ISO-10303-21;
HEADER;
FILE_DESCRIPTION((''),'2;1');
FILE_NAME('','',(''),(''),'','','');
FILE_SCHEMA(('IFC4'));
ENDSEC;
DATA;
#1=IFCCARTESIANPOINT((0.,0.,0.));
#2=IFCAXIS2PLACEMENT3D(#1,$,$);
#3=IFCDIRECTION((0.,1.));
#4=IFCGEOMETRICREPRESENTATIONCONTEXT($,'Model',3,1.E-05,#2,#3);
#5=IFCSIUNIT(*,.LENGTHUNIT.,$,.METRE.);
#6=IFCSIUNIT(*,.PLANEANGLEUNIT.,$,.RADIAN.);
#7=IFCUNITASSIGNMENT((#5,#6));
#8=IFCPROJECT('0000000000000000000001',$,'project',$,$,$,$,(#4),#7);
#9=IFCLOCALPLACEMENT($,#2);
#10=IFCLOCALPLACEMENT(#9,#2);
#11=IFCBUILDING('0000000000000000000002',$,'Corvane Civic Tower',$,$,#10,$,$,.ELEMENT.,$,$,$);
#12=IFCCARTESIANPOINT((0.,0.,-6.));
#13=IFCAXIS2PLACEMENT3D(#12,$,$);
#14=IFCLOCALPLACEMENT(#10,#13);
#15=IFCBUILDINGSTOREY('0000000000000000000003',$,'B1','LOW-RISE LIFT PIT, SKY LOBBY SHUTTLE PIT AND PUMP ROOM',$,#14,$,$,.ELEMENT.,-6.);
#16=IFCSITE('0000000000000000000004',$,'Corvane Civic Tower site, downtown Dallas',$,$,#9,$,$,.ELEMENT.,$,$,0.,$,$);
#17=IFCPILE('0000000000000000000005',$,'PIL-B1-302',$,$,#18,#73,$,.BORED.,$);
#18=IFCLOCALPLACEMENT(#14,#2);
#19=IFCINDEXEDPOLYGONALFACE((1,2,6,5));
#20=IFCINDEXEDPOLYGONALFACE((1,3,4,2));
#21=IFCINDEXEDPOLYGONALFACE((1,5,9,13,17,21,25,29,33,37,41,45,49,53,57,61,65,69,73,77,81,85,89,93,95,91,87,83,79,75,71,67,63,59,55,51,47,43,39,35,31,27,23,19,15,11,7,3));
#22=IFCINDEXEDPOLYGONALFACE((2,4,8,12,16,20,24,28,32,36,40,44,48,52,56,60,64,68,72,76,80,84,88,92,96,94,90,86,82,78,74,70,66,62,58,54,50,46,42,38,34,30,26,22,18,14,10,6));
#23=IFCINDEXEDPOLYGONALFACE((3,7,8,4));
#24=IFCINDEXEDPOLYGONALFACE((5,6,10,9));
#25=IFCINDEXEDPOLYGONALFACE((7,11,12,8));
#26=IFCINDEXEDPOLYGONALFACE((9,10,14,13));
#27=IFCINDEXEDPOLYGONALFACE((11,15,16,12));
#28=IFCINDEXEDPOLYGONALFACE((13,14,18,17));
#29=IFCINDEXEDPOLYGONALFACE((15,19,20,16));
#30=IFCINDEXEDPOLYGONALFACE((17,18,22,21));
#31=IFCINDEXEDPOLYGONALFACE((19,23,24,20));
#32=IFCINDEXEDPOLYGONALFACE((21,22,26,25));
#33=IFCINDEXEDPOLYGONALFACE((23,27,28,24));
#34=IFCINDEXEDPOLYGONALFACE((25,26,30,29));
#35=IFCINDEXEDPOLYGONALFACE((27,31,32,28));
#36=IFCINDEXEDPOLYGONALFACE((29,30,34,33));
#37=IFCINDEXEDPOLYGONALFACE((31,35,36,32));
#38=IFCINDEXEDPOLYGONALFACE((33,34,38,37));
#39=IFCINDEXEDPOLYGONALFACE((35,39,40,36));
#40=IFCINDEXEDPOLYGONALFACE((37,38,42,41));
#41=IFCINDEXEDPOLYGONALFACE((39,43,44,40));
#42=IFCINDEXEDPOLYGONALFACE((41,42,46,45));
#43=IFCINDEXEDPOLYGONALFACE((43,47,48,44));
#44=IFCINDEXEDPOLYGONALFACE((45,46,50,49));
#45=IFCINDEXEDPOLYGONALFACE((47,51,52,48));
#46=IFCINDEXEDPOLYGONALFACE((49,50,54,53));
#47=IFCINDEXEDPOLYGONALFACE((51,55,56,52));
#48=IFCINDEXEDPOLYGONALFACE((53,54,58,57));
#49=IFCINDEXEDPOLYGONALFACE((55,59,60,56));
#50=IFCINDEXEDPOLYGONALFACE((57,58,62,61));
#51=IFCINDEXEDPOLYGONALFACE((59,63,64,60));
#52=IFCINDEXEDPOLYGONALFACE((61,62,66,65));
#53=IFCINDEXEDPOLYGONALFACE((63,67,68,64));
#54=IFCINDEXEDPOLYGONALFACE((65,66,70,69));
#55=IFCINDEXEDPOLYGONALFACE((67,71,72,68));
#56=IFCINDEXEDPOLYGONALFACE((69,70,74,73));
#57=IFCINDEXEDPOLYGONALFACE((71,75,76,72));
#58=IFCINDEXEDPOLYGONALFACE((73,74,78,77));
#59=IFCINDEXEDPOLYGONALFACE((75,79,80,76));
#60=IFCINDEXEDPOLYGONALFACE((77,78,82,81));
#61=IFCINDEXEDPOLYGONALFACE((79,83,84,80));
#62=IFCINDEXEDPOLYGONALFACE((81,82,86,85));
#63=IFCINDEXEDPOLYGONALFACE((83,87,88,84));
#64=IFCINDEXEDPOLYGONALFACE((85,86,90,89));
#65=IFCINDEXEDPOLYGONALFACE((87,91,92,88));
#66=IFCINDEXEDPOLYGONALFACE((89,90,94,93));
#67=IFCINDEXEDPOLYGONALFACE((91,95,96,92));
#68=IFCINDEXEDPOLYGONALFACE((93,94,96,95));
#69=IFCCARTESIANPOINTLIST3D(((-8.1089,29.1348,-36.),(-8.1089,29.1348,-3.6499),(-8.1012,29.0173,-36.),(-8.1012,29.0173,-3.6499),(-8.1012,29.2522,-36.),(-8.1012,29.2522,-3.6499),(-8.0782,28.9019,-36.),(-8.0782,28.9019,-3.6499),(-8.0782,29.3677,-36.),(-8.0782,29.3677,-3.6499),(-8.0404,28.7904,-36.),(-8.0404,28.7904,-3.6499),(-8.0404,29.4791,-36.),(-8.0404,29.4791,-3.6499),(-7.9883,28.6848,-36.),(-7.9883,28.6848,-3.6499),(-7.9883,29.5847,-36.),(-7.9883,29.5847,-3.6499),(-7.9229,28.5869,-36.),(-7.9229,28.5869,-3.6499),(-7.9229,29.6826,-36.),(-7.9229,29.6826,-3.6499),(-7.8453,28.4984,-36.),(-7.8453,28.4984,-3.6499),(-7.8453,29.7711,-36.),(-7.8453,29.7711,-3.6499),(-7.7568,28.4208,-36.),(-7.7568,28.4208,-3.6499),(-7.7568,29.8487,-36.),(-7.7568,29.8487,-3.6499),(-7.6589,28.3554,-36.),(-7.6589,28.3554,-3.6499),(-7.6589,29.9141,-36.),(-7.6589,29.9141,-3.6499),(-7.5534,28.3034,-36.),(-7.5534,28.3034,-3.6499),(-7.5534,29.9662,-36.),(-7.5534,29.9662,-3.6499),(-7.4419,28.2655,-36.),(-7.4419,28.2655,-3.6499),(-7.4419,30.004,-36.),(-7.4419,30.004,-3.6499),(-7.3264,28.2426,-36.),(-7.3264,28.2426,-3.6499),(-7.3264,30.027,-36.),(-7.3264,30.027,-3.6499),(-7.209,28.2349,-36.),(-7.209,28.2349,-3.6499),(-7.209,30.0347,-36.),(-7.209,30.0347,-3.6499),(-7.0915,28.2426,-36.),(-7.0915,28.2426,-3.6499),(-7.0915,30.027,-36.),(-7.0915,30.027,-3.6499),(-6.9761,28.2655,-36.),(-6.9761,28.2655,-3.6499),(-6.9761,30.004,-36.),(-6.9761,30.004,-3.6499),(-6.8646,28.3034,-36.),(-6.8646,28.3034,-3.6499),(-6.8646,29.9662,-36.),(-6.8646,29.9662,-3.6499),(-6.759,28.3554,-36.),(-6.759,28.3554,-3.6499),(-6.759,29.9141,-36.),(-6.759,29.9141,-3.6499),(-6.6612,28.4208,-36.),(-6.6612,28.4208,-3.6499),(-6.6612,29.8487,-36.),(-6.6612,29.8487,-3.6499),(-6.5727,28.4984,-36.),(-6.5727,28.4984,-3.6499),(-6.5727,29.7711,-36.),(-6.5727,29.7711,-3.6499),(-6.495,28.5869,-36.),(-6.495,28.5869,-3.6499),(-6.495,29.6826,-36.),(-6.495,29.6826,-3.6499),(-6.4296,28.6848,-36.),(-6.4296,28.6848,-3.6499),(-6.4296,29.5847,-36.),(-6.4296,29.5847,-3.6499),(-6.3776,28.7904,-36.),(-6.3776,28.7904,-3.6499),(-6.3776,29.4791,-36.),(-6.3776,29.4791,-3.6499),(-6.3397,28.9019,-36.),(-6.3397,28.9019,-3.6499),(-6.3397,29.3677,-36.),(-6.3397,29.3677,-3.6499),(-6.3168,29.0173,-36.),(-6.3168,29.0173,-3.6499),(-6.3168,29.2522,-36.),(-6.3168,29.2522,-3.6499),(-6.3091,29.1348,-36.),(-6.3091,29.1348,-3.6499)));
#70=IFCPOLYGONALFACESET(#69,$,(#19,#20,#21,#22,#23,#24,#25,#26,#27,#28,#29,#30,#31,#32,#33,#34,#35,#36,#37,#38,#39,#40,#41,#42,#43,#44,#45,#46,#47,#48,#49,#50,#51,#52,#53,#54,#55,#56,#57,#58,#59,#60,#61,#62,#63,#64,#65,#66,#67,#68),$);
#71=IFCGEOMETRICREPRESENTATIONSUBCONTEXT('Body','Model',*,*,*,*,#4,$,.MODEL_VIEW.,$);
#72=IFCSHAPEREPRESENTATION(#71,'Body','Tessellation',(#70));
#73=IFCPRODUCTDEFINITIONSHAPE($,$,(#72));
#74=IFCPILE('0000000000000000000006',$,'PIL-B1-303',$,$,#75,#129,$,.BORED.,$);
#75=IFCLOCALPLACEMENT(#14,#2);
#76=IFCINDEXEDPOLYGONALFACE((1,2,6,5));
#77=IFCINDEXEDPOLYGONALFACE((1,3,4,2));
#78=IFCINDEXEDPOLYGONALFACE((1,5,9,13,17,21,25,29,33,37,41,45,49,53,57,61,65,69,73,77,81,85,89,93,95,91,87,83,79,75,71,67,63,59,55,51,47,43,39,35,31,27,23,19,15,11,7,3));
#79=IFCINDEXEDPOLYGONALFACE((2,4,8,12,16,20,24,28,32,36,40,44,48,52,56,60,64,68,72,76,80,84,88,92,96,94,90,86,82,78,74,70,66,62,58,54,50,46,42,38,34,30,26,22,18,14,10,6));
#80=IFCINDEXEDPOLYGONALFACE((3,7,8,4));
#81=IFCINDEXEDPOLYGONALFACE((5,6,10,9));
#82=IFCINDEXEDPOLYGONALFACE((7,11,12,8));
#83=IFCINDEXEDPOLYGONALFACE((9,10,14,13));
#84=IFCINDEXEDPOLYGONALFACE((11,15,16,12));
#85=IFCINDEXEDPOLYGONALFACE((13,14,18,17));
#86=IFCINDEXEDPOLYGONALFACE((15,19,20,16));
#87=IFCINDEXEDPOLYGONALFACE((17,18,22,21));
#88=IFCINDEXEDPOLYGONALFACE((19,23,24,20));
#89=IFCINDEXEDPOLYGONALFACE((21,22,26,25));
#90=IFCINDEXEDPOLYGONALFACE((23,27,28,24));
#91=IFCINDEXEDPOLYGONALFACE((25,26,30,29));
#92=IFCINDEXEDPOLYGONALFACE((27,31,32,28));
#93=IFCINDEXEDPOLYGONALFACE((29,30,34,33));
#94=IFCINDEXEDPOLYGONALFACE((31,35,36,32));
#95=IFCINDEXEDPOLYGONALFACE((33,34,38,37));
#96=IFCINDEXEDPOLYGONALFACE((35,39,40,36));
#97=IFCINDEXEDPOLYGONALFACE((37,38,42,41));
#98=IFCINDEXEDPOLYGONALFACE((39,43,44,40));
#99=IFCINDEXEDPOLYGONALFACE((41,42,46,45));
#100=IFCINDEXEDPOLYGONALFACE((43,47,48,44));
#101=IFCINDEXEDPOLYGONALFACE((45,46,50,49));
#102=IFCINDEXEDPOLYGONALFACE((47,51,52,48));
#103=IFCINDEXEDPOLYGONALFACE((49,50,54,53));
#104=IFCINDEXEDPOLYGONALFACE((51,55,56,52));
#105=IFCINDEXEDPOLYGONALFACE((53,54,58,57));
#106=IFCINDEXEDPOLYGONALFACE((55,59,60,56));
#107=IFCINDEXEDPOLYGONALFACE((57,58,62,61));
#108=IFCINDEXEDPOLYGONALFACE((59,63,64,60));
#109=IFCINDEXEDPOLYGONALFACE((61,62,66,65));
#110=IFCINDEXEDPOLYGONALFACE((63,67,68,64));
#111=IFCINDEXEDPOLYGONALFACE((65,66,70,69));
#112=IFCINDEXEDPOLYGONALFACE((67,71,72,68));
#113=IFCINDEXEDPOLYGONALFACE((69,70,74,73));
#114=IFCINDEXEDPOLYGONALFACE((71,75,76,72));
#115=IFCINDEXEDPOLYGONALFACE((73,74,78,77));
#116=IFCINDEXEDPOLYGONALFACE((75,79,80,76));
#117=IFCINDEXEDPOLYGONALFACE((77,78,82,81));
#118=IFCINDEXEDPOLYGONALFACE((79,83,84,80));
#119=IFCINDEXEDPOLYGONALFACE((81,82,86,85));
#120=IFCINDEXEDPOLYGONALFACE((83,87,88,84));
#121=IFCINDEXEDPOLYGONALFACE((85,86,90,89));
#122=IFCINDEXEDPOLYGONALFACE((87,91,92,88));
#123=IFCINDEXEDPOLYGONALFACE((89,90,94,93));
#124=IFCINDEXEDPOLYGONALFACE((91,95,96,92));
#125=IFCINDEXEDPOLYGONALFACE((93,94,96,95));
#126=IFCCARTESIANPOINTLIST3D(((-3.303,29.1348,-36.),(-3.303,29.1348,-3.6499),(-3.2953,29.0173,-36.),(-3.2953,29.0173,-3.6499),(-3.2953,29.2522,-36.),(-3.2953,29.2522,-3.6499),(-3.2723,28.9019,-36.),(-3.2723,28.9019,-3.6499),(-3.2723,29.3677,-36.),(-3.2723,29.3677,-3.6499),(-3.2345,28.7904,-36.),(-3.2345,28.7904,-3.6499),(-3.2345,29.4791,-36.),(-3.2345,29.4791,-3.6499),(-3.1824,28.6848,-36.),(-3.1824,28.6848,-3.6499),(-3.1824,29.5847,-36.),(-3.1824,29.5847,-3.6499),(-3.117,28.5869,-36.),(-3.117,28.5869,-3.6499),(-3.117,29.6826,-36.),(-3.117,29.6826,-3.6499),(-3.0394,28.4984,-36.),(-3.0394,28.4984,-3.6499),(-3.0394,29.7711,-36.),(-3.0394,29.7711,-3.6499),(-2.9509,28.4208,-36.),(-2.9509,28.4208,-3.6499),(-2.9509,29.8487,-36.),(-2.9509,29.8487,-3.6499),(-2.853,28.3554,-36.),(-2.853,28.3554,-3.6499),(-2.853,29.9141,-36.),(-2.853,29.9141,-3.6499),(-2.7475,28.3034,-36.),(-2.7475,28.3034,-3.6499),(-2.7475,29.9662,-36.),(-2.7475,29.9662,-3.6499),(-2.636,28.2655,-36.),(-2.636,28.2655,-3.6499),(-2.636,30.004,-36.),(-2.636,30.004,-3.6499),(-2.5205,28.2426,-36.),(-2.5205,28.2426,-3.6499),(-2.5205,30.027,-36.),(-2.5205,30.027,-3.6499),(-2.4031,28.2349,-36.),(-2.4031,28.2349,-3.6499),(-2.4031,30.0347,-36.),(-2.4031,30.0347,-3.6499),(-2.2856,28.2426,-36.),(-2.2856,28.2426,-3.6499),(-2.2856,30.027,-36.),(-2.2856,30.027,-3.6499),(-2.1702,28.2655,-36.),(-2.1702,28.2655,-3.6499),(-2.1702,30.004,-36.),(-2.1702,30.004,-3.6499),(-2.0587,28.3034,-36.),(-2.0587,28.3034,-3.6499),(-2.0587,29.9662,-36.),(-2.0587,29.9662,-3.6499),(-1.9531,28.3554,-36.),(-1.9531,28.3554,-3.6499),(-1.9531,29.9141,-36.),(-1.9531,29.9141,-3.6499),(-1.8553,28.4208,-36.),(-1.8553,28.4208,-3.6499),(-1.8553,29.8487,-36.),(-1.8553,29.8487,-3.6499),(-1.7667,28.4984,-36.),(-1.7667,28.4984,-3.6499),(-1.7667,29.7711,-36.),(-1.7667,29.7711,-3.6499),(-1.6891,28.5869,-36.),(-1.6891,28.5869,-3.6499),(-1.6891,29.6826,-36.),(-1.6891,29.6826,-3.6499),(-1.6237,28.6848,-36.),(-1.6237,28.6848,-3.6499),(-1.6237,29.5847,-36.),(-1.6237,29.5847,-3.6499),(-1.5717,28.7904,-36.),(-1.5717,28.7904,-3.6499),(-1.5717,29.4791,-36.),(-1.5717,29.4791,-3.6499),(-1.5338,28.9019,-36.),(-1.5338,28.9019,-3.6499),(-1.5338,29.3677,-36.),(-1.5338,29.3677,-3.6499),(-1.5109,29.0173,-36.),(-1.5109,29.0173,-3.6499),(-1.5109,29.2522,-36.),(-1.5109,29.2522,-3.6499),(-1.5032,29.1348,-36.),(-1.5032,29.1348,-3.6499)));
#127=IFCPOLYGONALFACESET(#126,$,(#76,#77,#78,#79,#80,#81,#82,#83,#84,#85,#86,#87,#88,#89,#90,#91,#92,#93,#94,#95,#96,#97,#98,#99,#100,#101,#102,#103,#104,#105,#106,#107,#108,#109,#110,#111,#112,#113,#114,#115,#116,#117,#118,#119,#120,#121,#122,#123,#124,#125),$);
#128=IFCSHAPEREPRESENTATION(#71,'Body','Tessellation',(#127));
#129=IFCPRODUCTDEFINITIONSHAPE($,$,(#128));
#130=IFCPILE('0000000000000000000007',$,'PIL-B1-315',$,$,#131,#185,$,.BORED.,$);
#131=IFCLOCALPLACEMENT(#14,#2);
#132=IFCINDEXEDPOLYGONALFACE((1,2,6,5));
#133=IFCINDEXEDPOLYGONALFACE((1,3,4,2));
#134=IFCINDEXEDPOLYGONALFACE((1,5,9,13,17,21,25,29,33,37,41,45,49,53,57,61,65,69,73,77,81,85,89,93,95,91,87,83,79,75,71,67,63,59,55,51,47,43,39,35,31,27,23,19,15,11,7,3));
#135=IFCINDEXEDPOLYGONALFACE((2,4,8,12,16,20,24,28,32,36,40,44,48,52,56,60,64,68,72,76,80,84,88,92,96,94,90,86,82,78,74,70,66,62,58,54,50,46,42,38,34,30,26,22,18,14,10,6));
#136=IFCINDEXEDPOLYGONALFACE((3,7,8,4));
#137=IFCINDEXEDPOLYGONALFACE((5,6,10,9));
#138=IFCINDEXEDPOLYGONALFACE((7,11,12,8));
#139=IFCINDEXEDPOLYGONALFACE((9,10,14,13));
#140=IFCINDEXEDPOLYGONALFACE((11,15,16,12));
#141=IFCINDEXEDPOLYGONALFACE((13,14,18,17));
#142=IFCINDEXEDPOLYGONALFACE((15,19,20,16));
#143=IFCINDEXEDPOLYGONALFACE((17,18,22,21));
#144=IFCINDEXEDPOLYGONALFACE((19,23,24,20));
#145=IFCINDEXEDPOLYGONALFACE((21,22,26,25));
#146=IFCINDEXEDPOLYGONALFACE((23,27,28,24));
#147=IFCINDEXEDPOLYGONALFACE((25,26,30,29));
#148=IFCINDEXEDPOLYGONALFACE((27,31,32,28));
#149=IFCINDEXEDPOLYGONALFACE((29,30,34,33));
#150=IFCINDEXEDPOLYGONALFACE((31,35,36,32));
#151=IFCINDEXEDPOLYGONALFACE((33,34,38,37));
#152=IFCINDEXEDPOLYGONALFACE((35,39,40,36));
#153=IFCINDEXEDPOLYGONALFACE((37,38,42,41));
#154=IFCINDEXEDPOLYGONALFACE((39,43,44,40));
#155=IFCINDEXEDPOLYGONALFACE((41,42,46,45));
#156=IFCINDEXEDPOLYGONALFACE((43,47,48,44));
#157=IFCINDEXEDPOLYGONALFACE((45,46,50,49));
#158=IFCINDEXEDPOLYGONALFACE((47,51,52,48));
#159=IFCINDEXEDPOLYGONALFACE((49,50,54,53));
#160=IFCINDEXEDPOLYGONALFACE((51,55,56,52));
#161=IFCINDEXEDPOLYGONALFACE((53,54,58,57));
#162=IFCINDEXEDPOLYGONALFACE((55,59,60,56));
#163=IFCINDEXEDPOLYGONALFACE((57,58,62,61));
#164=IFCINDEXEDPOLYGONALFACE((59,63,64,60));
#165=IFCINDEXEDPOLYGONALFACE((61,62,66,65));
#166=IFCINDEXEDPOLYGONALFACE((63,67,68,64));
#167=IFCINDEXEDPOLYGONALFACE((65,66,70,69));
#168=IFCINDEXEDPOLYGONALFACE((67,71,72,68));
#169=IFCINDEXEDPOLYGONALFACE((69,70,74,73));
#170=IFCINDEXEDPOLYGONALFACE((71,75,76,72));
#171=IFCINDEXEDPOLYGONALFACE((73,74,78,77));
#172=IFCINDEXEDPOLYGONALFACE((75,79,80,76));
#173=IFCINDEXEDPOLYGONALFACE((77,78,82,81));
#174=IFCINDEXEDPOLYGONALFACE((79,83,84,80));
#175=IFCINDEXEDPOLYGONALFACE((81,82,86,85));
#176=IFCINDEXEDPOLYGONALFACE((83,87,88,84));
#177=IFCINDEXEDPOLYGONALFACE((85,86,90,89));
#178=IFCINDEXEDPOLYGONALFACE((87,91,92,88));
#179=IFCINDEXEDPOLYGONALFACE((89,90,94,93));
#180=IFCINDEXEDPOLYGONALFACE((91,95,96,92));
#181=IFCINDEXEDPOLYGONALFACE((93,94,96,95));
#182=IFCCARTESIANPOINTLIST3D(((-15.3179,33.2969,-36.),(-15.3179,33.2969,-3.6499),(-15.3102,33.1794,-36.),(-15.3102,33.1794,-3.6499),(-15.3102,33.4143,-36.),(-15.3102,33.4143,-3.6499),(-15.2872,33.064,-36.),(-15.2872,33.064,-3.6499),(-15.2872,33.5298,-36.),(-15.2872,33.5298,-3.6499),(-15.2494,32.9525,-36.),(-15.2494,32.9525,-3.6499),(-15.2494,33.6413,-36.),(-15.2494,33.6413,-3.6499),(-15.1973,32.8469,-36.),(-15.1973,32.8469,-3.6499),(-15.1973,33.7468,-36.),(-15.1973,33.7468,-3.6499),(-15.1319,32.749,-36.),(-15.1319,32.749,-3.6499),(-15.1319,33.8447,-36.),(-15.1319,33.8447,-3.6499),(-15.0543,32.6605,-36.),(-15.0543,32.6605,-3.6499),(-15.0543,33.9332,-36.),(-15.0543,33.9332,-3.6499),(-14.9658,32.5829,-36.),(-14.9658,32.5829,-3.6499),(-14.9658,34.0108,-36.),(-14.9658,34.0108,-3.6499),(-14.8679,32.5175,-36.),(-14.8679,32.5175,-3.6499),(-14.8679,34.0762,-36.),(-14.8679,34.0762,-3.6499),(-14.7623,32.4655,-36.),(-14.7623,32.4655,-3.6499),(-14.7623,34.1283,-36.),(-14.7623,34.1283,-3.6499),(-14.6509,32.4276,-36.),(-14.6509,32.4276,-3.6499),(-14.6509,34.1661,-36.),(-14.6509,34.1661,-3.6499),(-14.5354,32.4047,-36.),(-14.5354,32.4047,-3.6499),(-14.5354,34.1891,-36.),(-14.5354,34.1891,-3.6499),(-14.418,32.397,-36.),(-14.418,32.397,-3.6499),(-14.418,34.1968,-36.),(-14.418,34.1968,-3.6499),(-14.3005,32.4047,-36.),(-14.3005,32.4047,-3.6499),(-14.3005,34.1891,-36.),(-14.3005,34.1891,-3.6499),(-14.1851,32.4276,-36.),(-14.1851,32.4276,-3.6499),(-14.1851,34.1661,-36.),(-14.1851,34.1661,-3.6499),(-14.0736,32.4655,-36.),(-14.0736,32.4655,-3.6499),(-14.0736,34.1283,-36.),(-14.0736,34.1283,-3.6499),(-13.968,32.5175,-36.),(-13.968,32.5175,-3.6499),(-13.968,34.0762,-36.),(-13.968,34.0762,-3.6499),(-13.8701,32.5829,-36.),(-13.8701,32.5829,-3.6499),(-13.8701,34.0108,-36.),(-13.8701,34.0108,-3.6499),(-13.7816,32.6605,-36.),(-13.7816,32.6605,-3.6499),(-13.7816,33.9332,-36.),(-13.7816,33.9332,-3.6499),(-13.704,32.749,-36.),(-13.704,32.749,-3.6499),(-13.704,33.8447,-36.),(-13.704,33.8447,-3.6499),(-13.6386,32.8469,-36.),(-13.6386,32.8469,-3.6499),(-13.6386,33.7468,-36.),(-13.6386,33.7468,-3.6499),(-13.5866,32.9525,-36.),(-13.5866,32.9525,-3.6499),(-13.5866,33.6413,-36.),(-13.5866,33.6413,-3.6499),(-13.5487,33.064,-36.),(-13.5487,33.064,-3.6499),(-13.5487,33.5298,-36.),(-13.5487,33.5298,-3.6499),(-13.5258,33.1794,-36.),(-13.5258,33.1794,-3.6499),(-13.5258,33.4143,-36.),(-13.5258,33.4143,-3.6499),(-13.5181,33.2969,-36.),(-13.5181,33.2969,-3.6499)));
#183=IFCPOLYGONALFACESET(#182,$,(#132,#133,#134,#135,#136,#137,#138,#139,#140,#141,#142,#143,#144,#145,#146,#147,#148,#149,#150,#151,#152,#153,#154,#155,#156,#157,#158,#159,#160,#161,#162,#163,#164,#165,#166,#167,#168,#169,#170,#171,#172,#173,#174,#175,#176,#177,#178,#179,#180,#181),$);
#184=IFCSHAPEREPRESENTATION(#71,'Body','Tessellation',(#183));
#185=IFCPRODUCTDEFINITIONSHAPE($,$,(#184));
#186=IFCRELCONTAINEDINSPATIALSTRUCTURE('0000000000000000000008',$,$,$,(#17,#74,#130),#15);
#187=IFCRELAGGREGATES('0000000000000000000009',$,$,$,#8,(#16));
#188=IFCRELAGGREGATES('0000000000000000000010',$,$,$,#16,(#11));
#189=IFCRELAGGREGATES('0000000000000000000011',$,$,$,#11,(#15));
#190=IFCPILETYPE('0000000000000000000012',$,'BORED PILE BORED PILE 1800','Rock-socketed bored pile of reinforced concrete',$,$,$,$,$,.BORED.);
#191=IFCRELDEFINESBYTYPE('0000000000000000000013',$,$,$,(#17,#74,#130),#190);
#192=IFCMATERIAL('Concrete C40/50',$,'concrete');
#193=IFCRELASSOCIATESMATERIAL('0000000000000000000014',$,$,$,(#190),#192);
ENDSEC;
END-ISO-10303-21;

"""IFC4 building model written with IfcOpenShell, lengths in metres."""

from ifc_helpers import new_model, si_unit, direction, frame, origin, origin_2d, place, context, subcontext, project, spatial, circle, extrude, material, material_profile, profile_set, type_object, element, save


model = new_model("IFC4")

# Units and contexts
model_context = context("Model", 3, precision=1e-05, world=origin(), true_north=direction((0.0, 1.0)))
body_context = subcontext(model_context, "Body", "Model", "MODEL_VIEW")
ifc_project = project(units=[si_unit("LENGTHUNIT", "METRE"), si_unit("PLANEANGLEUNIT", "RADIAN")], contexts=[model_context])

# Site, building, storey
site_placement = place(None, origin())
site = spatial("IfcSite", under=ifc_project, at=site_placement, Name="Corvane Civic Tower site, downtown Dallas", CompositionType="ELEMENT", RefElevation=0.0)
building_placement = place(site_placement, origin())
building = spatial("IfcBuilding", under=site, at=building_placement, Name="Corvane Civic Tower", CompositionType="ELEMENT")
storey_placement = place(building_placement, frame((0.0, 0.0, -6.0)))
storey = spatial("IfcBuildingStorey", under=building, at=storey_placement, Name="B1", Description="LOW-RISE LIFT PIT, SKY LOBBY SHUTTLE PIT AND PUMP ROOM", CompositionType="ELEMENT", Elevation=-6.0)

# Piles
ifc_material_1 = material(Name="Concrete C40/50", Category="concrete")
ifc_material_profile = material_profile(ifc_material_1, circle(Radius=0.8999, at=origin_2d()), Name="BORED PILE 1800")
ifc_profile_set = profile_set([ifc_material_profile], Name="Concrete C40/50")
pile_type = type_object("IfcPileType", Name="BORED PILE BORED PILE 1800", Description="Rock-socketed bored pile of reinforced concrete", PredefinedType="BORED", material=ifc_profile_set)
for number, where, z_axis, x_axis, name in (
    (1, (-7.209, 29.1348, -3.6499), (0.0, 0.0, -1.0), (1.0, 0.0, 0.0), "PIL-B1-302"),
    (2, (-2.4031, 29.1348, -3.6499), (0.0, 0.0, -1.0), (1.0, 0.0, 0.0), "PIL-B1-303"),
    (3, (-14.418, 33.2969, -3.6499), (0.0, 0.0, -1.0), (1.0, 0.0, 0.0), "PIL-B1-315"),
):
    element("IfcPile", number, at=place(storey_placement, frame(where, z_axis=z_axis, x_axis=x_axis)), inside=storey, type_object=pile_type, Name=name, PredefinedType="BORED", context=body_context, shape_type="SweptSolid", body=[
        extrude(circle(Radius=0.8999, at=origin_2d()), origin(), (0.0, 0.0, 1.0), 32.3501),
    ])

save(model, "model.ifc")
